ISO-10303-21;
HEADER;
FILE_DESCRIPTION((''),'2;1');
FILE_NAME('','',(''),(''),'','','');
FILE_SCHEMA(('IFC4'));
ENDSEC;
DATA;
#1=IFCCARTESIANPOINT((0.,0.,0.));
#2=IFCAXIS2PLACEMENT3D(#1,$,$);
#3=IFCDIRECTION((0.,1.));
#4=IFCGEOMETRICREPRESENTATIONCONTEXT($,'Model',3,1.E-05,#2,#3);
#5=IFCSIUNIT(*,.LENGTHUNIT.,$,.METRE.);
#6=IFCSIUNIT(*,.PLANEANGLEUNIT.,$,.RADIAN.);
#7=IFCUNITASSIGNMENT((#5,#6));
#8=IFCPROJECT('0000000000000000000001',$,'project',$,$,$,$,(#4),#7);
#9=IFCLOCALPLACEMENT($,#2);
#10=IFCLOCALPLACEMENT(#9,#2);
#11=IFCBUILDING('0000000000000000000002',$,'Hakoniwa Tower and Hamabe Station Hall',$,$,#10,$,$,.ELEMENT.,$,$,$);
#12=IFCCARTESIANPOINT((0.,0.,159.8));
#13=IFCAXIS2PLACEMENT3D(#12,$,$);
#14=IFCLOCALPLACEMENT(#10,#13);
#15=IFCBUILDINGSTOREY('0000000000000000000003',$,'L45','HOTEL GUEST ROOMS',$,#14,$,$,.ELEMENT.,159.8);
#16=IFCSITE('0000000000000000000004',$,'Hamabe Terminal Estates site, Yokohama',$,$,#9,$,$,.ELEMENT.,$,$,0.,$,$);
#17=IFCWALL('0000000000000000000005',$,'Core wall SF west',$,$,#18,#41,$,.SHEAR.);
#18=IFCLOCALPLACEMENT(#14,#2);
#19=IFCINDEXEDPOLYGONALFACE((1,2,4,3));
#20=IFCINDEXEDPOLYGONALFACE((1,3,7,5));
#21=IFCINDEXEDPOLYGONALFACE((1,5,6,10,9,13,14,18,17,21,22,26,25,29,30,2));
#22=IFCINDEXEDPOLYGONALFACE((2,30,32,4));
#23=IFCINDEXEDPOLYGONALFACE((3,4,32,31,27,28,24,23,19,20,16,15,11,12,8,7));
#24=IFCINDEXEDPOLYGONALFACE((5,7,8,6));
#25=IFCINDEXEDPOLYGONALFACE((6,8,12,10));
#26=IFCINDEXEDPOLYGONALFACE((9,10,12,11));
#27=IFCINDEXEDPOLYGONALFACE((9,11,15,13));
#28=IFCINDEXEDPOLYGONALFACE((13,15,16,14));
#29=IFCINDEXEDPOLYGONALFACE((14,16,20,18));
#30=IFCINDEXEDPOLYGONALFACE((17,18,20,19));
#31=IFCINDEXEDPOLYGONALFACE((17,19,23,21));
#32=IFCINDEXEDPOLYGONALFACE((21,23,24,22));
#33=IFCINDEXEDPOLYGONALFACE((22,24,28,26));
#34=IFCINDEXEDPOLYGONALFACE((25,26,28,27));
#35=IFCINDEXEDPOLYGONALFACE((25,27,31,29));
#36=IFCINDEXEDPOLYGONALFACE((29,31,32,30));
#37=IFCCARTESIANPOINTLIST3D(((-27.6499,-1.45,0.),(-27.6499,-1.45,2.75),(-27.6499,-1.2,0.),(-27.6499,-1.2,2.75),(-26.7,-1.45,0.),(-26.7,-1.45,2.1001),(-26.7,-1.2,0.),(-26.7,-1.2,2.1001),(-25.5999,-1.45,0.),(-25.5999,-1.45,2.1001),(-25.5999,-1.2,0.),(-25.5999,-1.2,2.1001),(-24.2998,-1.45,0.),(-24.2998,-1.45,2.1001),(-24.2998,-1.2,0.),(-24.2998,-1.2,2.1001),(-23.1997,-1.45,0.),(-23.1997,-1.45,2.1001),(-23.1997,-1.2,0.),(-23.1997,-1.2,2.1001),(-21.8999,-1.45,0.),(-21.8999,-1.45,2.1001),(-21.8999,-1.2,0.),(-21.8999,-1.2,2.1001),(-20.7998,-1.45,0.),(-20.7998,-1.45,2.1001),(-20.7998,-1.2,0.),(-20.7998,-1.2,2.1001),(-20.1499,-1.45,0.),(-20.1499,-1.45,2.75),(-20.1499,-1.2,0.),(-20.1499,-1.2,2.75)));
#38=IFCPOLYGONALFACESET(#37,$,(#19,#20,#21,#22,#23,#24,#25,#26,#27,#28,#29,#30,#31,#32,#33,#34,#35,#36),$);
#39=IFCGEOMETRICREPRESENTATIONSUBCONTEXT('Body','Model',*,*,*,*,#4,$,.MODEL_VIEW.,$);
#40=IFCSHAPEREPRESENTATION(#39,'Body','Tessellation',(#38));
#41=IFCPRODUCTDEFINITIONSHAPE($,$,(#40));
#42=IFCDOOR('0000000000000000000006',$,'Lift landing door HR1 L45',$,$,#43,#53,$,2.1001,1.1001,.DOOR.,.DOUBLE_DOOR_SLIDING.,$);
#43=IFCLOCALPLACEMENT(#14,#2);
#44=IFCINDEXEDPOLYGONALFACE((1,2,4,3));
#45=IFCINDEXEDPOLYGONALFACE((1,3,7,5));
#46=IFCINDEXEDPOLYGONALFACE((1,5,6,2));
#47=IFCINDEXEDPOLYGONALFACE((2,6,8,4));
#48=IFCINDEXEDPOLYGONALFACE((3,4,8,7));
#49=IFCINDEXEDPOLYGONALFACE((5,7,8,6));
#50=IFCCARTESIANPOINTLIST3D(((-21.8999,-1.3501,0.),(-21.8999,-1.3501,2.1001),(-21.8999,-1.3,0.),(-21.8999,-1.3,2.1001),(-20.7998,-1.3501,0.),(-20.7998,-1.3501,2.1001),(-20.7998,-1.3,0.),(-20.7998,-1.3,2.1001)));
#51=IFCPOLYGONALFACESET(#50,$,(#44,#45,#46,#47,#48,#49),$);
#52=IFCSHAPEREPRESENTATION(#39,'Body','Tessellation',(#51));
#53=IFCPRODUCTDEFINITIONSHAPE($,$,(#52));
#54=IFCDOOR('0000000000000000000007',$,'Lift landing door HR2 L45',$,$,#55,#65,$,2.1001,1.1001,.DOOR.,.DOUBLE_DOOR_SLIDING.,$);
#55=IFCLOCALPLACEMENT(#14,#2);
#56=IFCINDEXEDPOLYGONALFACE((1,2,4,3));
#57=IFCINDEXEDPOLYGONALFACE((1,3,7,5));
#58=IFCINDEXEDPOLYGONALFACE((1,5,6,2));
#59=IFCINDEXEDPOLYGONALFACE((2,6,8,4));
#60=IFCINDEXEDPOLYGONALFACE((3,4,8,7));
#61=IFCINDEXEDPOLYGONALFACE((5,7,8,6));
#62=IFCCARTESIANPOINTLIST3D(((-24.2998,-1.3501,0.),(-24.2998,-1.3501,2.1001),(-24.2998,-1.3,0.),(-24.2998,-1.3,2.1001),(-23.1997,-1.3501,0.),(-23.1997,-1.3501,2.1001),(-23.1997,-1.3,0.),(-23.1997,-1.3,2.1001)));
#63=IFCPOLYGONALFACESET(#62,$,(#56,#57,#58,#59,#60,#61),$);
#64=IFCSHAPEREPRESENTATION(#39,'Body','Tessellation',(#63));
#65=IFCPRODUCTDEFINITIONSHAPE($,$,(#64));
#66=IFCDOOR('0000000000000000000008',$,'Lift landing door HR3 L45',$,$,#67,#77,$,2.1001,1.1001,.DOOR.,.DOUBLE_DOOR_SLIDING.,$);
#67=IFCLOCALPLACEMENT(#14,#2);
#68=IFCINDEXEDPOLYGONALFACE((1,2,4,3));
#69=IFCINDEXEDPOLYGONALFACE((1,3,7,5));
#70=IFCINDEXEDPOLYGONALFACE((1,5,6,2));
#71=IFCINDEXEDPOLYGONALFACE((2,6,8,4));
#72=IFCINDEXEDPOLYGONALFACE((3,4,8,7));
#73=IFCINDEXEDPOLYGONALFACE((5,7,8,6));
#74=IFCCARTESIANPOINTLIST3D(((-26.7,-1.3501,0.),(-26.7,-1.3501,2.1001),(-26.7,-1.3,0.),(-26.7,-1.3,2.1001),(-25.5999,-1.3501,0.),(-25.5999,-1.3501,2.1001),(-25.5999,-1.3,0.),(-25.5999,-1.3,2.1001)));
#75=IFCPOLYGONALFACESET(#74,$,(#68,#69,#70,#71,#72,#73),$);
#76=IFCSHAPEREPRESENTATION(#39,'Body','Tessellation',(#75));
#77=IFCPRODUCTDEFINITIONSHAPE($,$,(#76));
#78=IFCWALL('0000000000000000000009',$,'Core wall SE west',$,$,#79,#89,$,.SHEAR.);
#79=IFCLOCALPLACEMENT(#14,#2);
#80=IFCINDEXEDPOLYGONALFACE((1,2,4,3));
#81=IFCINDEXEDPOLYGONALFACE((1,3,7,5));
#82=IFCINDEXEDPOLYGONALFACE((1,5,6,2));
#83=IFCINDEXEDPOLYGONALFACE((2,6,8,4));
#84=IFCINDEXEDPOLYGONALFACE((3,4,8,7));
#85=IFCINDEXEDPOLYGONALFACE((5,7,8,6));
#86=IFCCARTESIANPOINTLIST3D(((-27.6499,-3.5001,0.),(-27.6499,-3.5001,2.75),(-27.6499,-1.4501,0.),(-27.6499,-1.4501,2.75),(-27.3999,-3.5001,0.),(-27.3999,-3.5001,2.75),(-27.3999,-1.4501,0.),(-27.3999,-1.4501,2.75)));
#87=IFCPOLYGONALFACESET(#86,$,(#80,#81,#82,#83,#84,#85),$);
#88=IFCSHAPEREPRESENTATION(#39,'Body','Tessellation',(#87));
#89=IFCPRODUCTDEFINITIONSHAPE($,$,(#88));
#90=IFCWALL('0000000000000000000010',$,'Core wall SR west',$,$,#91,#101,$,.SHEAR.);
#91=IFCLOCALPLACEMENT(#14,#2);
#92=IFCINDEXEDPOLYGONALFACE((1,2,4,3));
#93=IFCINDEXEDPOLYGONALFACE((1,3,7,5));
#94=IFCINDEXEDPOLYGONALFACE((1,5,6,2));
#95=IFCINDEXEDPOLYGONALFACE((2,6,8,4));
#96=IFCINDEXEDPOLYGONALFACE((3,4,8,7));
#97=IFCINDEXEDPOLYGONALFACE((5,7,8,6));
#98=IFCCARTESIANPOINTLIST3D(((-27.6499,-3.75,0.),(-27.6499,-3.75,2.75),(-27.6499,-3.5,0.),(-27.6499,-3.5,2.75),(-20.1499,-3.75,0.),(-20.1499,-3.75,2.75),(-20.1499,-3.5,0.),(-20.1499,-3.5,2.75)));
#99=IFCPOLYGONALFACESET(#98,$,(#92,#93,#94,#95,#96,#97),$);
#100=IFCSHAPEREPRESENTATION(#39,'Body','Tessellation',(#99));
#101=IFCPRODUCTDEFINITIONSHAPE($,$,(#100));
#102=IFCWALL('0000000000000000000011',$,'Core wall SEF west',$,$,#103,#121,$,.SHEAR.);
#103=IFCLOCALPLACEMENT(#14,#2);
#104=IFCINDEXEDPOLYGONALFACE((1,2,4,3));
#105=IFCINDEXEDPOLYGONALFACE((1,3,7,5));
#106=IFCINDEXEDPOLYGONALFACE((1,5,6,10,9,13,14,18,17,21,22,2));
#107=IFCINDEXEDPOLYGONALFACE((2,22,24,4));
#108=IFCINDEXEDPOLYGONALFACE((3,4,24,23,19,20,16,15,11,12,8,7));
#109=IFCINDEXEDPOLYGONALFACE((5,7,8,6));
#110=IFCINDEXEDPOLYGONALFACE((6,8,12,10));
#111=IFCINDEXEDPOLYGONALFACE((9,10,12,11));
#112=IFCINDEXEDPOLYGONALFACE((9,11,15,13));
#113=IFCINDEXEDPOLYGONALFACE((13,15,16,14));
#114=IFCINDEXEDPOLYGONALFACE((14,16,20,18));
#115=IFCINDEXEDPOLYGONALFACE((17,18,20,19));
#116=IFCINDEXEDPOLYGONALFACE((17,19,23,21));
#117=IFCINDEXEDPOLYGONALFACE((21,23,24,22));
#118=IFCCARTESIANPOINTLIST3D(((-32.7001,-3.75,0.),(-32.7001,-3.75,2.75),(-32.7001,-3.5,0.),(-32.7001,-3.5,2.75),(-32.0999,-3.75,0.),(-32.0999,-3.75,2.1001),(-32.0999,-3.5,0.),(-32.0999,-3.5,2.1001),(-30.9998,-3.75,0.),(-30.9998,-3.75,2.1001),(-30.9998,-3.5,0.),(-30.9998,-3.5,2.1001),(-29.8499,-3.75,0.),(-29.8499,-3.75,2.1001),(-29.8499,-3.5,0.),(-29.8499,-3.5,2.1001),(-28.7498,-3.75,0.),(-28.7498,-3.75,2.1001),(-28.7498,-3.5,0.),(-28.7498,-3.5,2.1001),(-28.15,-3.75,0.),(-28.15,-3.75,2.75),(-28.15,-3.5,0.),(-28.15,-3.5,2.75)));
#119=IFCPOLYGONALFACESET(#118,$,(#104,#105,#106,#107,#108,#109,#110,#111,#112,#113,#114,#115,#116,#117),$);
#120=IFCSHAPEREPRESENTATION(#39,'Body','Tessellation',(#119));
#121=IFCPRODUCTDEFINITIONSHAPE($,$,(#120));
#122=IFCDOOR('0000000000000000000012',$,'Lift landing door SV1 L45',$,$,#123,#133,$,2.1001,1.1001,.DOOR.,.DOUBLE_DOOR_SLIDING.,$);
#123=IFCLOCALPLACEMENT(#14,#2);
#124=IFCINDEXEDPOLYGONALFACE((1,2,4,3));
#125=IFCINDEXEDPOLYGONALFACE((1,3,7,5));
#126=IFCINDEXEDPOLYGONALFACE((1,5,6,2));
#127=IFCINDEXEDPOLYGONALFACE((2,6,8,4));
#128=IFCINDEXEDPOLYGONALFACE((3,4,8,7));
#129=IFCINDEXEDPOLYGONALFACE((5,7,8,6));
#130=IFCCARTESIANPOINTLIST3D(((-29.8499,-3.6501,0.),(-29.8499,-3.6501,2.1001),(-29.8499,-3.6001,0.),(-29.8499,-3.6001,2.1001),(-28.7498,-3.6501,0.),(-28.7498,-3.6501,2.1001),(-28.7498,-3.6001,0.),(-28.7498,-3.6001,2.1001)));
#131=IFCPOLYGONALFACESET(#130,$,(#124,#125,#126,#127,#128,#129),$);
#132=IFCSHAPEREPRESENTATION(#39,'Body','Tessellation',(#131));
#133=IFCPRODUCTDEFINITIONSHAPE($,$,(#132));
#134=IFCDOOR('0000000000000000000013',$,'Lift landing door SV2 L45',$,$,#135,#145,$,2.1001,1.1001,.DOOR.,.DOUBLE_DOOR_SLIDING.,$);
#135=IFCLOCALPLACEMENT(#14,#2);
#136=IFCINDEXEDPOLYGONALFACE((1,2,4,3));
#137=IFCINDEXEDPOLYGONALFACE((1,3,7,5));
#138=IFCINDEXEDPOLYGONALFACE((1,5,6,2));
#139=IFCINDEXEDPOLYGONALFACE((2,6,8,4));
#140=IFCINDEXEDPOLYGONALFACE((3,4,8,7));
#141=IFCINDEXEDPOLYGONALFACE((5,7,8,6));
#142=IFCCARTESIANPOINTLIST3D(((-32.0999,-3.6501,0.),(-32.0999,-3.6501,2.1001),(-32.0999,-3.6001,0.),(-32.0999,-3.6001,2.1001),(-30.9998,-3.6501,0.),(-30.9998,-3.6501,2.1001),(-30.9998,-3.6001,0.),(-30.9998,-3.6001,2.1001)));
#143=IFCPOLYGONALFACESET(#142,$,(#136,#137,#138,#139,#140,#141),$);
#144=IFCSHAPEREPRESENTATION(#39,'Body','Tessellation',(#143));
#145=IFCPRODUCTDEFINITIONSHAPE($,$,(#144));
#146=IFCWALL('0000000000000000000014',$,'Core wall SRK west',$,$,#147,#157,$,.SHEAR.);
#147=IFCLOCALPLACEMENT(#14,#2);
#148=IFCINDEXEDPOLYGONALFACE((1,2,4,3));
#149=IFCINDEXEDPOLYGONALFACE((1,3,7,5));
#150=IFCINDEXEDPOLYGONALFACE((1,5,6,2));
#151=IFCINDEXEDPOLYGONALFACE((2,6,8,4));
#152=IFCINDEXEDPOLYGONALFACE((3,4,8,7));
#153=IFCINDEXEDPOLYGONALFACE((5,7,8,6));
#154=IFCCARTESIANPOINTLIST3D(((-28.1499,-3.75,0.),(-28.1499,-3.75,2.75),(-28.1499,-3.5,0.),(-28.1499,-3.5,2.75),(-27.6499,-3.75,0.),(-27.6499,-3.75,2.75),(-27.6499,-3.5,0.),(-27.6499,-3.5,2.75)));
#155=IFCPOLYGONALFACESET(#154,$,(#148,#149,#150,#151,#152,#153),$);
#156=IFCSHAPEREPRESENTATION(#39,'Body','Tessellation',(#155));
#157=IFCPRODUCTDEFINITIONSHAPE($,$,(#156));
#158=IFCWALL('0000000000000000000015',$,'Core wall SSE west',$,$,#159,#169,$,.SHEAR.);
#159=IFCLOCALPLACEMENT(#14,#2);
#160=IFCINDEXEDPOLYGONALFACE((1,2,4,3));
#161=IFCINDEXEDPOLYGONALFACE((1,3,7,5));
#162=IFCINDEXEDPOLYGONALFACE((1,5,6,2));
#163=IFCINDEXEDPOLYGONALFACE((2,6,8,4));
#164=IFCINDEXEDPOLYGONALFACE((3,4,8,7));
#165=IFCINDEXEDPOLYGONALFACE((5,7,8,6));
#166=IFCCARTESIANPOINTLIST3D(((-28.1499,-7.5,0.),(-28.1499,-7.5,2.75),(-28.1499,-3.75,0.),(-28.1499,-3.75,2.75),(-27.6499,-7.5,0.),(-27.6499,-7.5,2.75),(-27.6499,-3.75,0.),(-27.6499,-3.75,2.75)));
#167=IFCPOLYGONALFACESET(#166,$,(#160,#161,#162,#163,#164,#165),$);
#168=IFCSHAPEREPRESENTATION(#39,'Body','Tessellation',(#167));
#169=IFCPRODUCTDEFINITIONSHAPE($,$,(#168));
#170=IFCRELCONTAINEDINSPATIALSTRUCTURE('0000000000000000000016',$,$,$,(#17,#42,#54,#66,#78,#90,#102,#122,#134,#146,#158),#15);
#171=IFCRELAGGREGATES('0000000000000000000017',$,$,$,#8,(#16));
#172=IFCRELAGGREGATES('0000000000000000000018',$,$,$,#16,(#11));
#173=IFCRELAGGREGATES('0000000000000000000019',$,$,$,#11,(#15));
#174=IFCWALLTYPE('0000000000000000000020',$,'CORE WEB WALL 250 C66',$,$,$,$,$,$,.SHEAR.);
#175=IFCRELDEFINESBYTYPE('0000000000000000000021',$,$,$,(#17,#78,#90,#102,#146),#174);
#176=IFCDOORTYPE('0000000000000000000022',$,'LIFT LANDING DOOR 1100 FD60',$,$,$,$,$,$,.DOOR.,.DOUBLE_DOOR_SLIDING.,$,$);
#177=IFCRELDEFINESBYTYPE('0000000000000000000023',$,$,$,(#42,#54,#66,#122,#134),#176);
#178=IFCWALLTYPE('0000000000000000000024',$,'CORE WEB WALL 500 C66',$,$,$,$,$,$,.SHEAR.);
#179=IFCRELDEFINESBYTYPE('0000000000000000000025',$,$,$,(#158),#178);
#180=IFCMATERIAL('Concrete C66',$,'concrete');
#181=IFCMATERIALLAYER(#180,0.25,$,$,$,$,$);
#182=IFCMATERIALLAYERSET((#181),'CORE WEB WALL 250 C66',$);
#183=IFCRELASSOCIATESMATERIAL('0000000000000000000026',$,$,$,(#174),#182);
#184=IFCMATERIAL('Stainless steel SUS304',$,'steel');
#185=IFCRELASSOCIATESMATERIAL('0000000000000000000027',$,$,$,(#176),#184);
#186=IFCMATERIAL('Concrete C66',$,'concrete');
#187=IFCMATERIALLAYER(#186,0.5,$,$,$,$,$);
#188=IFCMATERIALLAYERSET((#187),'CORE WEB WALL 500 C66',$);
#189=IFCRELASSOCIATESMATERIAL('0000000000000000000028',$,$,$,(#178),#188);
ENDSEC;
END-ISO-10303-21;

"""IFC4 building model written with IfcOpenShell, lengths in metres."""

from ifc_helpers import new_model, si_unit, direction, frame, frame_2d, origin, place, context, subcontext, project, spatial, rectangle, extrude, material, layer, layer_set, type_object, element, fill, save


model = new_model("IFC4")

# Units and contexts
model_context = context("Model", 3, precision=1e-05, world=origin(), true_north=direction((0.0, 1.0)))
body_context = subcontext(model_context, "Body", "Model", "MODEL_VIEW")
ifc_project = project(units=[si_unit("LENGTHUNIT", "METRE"), si_unit("PLANEANGLEUNIT", "RADIAN")], contexts=[model_context])

# Site, building, storey
site_placement = place(None, origin())
site = spatial("IfcSite", under=ifc_project, at=site_placement, Name="Hamabe Terminal Estates site, Yokohama", CompositionType="ELEMENT", RefElevation=0.0)
building_placement = place(site_placement, origin())
building = spatial("IfcBuilding", under=site, at=building_placement, Name="Hakoniwa Tower and Hamabe Station Hall", CompositionType="ELEMENT")
storey_placement = place(building_placement, frame((0.0, 0.0, 159.8)))
storey = spatial("IfcBuildingStorey", under=building, at=storey_placement, Name="L45", Description="HOTEL GUEST ROOMS", CompositionType="ELEMENT", Elevation=159.8)

# Wall, openings, doors
ifc_material_1 = material(Name="Concrete C66", Category="concrete")
ifc_layer_1 = layer(ifc_material_1, 0.25)
ifc_layer_set_1 = layer_set([ifc_layer_1], Name="CORE WEB WALL 250 C66")
wall_type_1 = type_object("IfcWallType", Name="CORE WEB WALL 250 C66", PredefinedType="SHEAR", material=ifc_layer_set_1)
wall_1_placement = place(storey_placement, frame((-27.6499, -1.325, 0.0), z_axis=(0.0, 0.0, 1.0), x_axis=(1.0, 0.0, 0.0)))
wall_1 = element("IfcWall", 1, at=wall_1_placement, inside=storey, type_object=wall_type_1, Name="Core wall SF west", PredefinedType="SHEAR", context=body_context, shape_type="SweptSolid", body=[
    extrude(rectangle(XDim=7.5, YDim=0.25, at=frame_2d((3.75, 0.0))), origin(), (0.0, 0.0, 1.0), 2.75),
])
opening_1_placement = place(wall_1_placement, frame((5.75, 0.0, 0.0)))
opening_1 = element("IfcOpeningElement", 2, at=opening_1_placement, cuts=wall_1, PredefinedType="OPENING", context=body_context, shape_type="SweptSolid", body=[
    extrude(rectangle(XDim=1.1001, YDim=2.1001, at=frame_2d((0.55, 1.05))), frame((0.0, 0.135, 0.0), z_axis=(0.0, -1.0, 0.0), x_axis=(1.0, 0.0, 0.0)), (0.0, 0.0, 1.0), 0.27),
])
opening_2_placement = place(wall_1_placement, frame((3.3501, 0.0, 0.0)))
opening_2 = element("IfcOpeningElement", 3, at=opening_2_placement, cuts=wall_1, PredefinedType="OPENING", context=body_context, shape_type="SweptSolid", body=[
    extrude(rectangle(XDim=1.1001, YDim=2.1001, at=frame_2d((0.55, 1.05))), frame((0.0, 0.135, 0.0), z_axis=(0.0, -1.0, 0.0), x_axis=(1.0, 0.0, 0.0)), (0.0, 0.0, 1.0), 0.27),
])
opening_3_placement = place(wall_1_placement, frame((0.95, 0.0, 0.0)))
opening_3 = element("IfcOpeningElement", 4, at=opening_3_placement, cuts=wall_1, PredefinedType="OPENING", context=body_context, shape_type="SweptSolid", body=[
    extrude(rectangle(XDim=1.1001, YDim=2.1001, at=frame_2d((0.55, 1.05))), frame((0.0, 0.135, 0.0), z_axis=(0.0, -1.0, 0.0), x_axis=(1.0, 0.0, 0.0)), (0.0, 0.0, 1.0), 0.27),
])
ifc_material_2 = material(Name="Stainless steel SUS304", Category="steel")
door_type_1 = type_object("IfcDoorType", Name="LIFT LANDING DOOR 1100 FD60", OperationType="DOUBLE_DOOR_SLIDING", PredefinedType="DOOR", material=ifc_material_2)
door_1_placement = place(opening_1_placement, origin())
door_1 = element("IfcDoor", 5, at=door_1_placement, inside=storey, type_object=door_type_1, Name="Lift landing door HR1 L45", OperationType="DOUBLE_DOOR_SLIDING", OverallHeight=2.1001, OverallWidth=1.1001, PredefinedType="DOOR", context=body_context, shape_type="SweptSolid", body=[
    extrude(rectangle(XDim=1.1001, YDim=2.1001, at=frame_2d((0.55, 1.05))), frame((0.0, 0.0249, 0.0), z_axis=(0.0, -1.0, 0.0), x_axis=(1.0, 0.0, 0.0)), (0.0, 0.0, 1.0), 0.05),
])
fill(opening_1, door_1)
door_2_placement = place(opening_2_placement, origin())
door_2 = element("IfcDoor", 6, at=door_2_placement, inside=storey, type_object=door_type_1, Name="Lift landing door HR2 L45", OperationType="DOUBLE_DOOR_SLIDING", OverallHeight=2.1001, OverallWidth=1.1001, PredefinedType="DOOR", context=body_context, shape_type="SweptSolid", body=[
    extrude(rectangle(XDim=1.1001, YDim=2.1001, at=frame_2d((0.55, 1.05))), frame((0.0, 0.0249, 0.0), z_axis=(0.0, -1.0, 0.0), x_axis=(1.0, 0.0, 0.0)), (0.0, 0.0, 1.0), 0.05),
])
fill(opening_2, door_2)
door_3_placement = place(opening_3_placement, origin())
door_3 = element("IfcDoor", 7, at=door_3_placement, inside=storey, type_object=door_type_1, Name="Lift landing door HR3 L45", OperationType="DOUBLE_DOOR_SLIDING", OverallHeight=2.1001, OverallWidth=1.1001, PredefinedType="DOOR", context=body_context, shape_type="SweptSolid", body=[
    extrude(rectangle(XDim=1.1001, YDim=2.1001, at=frame_2d((0.55, 1.05))), frame((0.0, 0.0249, 0.0), z_axis=(0.0, -1.0, 0.0), x_axis=(1.0, 0.0, 0.0)), (0.0, 0.0, 1.0), 0.05),
])
fill(opening_3, door_3)

# Walls
wall_2_placement = place(storey_placement, frame((-27.5249, -3.5, 0.0), z_axis=(0.0, 0.0, 1.0), x_axis=(0.0, 1.0, 0.0)))
element("IfcWall", 8, at=wall_2_placement, inside=storey, type_object=wall_type_1, Name="Core wall SE west", PredefinedType="SHEAR", context=body_context, shape_type="SweptSolid", body=[
    extrude(rectangle(XDim=2.05, YDim=0.25, at=frame_2d((1.0249, 0.0))), origin(), (0.0, 0.0, 1.0), 2.75),
])
wall_3_placement = place(storey_placement, frame((-27.6499, -3.625, 0.0), z_axis=(0.0, 0.0, 1.0), x_axis=(1.0, 0.0, 0.0)))
element("IfcWall", 9, at=wall_3_placement, inside=storey, type_object=wall_type_1, Name="Core wall SR west", PredefinedType="SHEAR", context=body_context, shape_type="SweptSolid", body=[
    extrude(rectangle(XDim=7.5, YDim=0.25, at=frame_2d((3.75, 0.0))), origin(), (0.0, 0.0, 1.0), 2.75),
])

# Wall, openings, doors
wall_4_placement = place(storey_placement, frame((-32.7, -3.625, 0.0), z_axis=(0.0, 0.0, 1.0), x_axis=(1.0, 0.0, 0.0)))
wall_4 = element("IfcWall", 10, at=wall_4_placement, inside=storey, type_object=wall_type_1, Name="Core wall SEF west", PredefinedType="SHEAR", context=body_context, shape_type="SweptSolid", body=[
    extrude(rectangle(XDim=4.55, YDim=0.25, at=frame_2d((2.2749, 0.0))), origin(), (0.0, 0.0, 1.0), 2.75),
])
opening_4_placement = place(wall_4_placement, frame((2.8501, 0.0, 0.0)))
opening_4 = element("IfcOpeningElement", 11, at=opening_4_placement, cuts=wall_4, PredefinedType="OPENING", context=body_context, shape_type="SweptSolid", body=[
    extrude(rectangle(XDim=1.1001, YDim=2.1001, at=frame_2d((0.55, 1.05))), frame((0.0, 0.135, 0.0), z_axis=(0.0, -1.0, 0.0), x_axis=(1.0, 0.0, 0.0)), (0.0, 0.0, 1.0), 0.27),
])
opening_5_placement = place(wall_4_placement, frame((0.6001, 0.0, 0.0)))
opening_5 = element("IfcOpeningElement", 12, at=opening_5_placement, cuts=wall_4, PredefinedType="OPENING", context=body_context, shape_type="SweptSolid", body=[
    extrude(rectangle(XDim=1.1001, YDim=2.1001, at=frame_2d((0.55, 1.05))), frame((0.0, 0.135, 0.0), z_axis=(0.0, -1.0, 0.0), x_axis=(1.0, 0.0, 0.0)), (0.0, 0.0, 1.0), 0.27),
])
door_4_placement = place(opening_4_placement, origin())
door_4 = element("IfcDoor", 13, at=door_4_placement, inside=storey, type_object=door_type_1, Name="Lift landing door SV1 L45", OperationType="DOUBLE_DOOR_SLIDING", OverallHeight=2.1001, OverallWidth=1.1001, PredefinedType="DOOR", context=body_context, shape_type="SweptSolid", body=[
    extrude(rectangle(XDim=1.1001, YDim=2.1001, at=frame_2d((0.55, 1.05))), frame((0.0, 0.0249, 0.0), z_axis=(0.0, -1.0, 0.0), x_axis=(1.0, 0.0, 0.0)), (0.0, 0.0, 1.0), 0.05),
])
fill(opening_4, door_4)
door_5_placement = place(opening_5_placement, origin())
door_5 = element("IfcDoor", 14, at=door_5_placement, inside=storey, type_object=door_type_1, Name="Lift landing door SV2 L45", OperationType="DOUBLE_DOOR_SLIDING", OverallHeight=2.1001, OverallWidth=1.1001, PredefinedType="DOOR", context=body_context, shape_type="SweptSolid", body=[
    extrude(rectangle(XDim=1.1001, YDim=2.1001, at=frame_2d((0.55, 1.05))), frame((0.0, 0.0249, 0.0), z_axis=(0.0, -1.0, 0.0), x_axis=(1.0, 0.0, 0.0)), (0.0, 0.0, 1.0), 0.05),
])
fill(opening_5, door_5)

# Walls
wall_5_placement = place(storey_placement, frame((-28.1499, -3.625, 0.0), z_axis=(0.0, 0.0, 1.0), x_axis=(1.0, 0.0, 0.0)))
element("IfcWall", 15, at=wall_5_placement, inside=storey, type_object=wall_type_1, Name="Core wall SRK west", PredefinedType="SHEAR", context=body_context, shape_type="SweptSolid", body=[
    extrude(rectangle(XDim=0.5, YDim=0.25, at=frame_2d((0.25, 0.0))), origin(), (0.0, 0.0, 1.0), 2.75),
])
ifc_material_3 = material(Name="Concrete C66", Category="concrete")
ifc_layer_2 = layer(ifc_material_3, 0.5)
ifc_layer_set_2 = layer_set([ifc_layer_2], Name="CORE WEB WALL 500 C66")
wall_type_2 = type_object("IfcWallType", Name="CORE WEB WALL 500 C66", PredefinedType="SHEAR", material=ifc_layer_set_2)
wall_6_placement = place(storey_placement, frame((-27.8999, -7.5, 0.0), z_axis=(0.0, 0.0, 1.0), x_axis=(0.0, 1.0, 0.0)))
element("IfcWall", 16, at=wall_6_placement, inside=storey, type_object=wall_type_2, Name="Core wall SSE west", PredefinedType="SHEAR", context=body_context, shape_type="SweptSolid", body=[
    extrude(rectangle(XDim=3.75, YDim=0.5, at=frame_2d((1.875, 0.0))), origin(), (0.0, 0.0, 1.0), 2.75),
])

save(model, "model.ifc")
